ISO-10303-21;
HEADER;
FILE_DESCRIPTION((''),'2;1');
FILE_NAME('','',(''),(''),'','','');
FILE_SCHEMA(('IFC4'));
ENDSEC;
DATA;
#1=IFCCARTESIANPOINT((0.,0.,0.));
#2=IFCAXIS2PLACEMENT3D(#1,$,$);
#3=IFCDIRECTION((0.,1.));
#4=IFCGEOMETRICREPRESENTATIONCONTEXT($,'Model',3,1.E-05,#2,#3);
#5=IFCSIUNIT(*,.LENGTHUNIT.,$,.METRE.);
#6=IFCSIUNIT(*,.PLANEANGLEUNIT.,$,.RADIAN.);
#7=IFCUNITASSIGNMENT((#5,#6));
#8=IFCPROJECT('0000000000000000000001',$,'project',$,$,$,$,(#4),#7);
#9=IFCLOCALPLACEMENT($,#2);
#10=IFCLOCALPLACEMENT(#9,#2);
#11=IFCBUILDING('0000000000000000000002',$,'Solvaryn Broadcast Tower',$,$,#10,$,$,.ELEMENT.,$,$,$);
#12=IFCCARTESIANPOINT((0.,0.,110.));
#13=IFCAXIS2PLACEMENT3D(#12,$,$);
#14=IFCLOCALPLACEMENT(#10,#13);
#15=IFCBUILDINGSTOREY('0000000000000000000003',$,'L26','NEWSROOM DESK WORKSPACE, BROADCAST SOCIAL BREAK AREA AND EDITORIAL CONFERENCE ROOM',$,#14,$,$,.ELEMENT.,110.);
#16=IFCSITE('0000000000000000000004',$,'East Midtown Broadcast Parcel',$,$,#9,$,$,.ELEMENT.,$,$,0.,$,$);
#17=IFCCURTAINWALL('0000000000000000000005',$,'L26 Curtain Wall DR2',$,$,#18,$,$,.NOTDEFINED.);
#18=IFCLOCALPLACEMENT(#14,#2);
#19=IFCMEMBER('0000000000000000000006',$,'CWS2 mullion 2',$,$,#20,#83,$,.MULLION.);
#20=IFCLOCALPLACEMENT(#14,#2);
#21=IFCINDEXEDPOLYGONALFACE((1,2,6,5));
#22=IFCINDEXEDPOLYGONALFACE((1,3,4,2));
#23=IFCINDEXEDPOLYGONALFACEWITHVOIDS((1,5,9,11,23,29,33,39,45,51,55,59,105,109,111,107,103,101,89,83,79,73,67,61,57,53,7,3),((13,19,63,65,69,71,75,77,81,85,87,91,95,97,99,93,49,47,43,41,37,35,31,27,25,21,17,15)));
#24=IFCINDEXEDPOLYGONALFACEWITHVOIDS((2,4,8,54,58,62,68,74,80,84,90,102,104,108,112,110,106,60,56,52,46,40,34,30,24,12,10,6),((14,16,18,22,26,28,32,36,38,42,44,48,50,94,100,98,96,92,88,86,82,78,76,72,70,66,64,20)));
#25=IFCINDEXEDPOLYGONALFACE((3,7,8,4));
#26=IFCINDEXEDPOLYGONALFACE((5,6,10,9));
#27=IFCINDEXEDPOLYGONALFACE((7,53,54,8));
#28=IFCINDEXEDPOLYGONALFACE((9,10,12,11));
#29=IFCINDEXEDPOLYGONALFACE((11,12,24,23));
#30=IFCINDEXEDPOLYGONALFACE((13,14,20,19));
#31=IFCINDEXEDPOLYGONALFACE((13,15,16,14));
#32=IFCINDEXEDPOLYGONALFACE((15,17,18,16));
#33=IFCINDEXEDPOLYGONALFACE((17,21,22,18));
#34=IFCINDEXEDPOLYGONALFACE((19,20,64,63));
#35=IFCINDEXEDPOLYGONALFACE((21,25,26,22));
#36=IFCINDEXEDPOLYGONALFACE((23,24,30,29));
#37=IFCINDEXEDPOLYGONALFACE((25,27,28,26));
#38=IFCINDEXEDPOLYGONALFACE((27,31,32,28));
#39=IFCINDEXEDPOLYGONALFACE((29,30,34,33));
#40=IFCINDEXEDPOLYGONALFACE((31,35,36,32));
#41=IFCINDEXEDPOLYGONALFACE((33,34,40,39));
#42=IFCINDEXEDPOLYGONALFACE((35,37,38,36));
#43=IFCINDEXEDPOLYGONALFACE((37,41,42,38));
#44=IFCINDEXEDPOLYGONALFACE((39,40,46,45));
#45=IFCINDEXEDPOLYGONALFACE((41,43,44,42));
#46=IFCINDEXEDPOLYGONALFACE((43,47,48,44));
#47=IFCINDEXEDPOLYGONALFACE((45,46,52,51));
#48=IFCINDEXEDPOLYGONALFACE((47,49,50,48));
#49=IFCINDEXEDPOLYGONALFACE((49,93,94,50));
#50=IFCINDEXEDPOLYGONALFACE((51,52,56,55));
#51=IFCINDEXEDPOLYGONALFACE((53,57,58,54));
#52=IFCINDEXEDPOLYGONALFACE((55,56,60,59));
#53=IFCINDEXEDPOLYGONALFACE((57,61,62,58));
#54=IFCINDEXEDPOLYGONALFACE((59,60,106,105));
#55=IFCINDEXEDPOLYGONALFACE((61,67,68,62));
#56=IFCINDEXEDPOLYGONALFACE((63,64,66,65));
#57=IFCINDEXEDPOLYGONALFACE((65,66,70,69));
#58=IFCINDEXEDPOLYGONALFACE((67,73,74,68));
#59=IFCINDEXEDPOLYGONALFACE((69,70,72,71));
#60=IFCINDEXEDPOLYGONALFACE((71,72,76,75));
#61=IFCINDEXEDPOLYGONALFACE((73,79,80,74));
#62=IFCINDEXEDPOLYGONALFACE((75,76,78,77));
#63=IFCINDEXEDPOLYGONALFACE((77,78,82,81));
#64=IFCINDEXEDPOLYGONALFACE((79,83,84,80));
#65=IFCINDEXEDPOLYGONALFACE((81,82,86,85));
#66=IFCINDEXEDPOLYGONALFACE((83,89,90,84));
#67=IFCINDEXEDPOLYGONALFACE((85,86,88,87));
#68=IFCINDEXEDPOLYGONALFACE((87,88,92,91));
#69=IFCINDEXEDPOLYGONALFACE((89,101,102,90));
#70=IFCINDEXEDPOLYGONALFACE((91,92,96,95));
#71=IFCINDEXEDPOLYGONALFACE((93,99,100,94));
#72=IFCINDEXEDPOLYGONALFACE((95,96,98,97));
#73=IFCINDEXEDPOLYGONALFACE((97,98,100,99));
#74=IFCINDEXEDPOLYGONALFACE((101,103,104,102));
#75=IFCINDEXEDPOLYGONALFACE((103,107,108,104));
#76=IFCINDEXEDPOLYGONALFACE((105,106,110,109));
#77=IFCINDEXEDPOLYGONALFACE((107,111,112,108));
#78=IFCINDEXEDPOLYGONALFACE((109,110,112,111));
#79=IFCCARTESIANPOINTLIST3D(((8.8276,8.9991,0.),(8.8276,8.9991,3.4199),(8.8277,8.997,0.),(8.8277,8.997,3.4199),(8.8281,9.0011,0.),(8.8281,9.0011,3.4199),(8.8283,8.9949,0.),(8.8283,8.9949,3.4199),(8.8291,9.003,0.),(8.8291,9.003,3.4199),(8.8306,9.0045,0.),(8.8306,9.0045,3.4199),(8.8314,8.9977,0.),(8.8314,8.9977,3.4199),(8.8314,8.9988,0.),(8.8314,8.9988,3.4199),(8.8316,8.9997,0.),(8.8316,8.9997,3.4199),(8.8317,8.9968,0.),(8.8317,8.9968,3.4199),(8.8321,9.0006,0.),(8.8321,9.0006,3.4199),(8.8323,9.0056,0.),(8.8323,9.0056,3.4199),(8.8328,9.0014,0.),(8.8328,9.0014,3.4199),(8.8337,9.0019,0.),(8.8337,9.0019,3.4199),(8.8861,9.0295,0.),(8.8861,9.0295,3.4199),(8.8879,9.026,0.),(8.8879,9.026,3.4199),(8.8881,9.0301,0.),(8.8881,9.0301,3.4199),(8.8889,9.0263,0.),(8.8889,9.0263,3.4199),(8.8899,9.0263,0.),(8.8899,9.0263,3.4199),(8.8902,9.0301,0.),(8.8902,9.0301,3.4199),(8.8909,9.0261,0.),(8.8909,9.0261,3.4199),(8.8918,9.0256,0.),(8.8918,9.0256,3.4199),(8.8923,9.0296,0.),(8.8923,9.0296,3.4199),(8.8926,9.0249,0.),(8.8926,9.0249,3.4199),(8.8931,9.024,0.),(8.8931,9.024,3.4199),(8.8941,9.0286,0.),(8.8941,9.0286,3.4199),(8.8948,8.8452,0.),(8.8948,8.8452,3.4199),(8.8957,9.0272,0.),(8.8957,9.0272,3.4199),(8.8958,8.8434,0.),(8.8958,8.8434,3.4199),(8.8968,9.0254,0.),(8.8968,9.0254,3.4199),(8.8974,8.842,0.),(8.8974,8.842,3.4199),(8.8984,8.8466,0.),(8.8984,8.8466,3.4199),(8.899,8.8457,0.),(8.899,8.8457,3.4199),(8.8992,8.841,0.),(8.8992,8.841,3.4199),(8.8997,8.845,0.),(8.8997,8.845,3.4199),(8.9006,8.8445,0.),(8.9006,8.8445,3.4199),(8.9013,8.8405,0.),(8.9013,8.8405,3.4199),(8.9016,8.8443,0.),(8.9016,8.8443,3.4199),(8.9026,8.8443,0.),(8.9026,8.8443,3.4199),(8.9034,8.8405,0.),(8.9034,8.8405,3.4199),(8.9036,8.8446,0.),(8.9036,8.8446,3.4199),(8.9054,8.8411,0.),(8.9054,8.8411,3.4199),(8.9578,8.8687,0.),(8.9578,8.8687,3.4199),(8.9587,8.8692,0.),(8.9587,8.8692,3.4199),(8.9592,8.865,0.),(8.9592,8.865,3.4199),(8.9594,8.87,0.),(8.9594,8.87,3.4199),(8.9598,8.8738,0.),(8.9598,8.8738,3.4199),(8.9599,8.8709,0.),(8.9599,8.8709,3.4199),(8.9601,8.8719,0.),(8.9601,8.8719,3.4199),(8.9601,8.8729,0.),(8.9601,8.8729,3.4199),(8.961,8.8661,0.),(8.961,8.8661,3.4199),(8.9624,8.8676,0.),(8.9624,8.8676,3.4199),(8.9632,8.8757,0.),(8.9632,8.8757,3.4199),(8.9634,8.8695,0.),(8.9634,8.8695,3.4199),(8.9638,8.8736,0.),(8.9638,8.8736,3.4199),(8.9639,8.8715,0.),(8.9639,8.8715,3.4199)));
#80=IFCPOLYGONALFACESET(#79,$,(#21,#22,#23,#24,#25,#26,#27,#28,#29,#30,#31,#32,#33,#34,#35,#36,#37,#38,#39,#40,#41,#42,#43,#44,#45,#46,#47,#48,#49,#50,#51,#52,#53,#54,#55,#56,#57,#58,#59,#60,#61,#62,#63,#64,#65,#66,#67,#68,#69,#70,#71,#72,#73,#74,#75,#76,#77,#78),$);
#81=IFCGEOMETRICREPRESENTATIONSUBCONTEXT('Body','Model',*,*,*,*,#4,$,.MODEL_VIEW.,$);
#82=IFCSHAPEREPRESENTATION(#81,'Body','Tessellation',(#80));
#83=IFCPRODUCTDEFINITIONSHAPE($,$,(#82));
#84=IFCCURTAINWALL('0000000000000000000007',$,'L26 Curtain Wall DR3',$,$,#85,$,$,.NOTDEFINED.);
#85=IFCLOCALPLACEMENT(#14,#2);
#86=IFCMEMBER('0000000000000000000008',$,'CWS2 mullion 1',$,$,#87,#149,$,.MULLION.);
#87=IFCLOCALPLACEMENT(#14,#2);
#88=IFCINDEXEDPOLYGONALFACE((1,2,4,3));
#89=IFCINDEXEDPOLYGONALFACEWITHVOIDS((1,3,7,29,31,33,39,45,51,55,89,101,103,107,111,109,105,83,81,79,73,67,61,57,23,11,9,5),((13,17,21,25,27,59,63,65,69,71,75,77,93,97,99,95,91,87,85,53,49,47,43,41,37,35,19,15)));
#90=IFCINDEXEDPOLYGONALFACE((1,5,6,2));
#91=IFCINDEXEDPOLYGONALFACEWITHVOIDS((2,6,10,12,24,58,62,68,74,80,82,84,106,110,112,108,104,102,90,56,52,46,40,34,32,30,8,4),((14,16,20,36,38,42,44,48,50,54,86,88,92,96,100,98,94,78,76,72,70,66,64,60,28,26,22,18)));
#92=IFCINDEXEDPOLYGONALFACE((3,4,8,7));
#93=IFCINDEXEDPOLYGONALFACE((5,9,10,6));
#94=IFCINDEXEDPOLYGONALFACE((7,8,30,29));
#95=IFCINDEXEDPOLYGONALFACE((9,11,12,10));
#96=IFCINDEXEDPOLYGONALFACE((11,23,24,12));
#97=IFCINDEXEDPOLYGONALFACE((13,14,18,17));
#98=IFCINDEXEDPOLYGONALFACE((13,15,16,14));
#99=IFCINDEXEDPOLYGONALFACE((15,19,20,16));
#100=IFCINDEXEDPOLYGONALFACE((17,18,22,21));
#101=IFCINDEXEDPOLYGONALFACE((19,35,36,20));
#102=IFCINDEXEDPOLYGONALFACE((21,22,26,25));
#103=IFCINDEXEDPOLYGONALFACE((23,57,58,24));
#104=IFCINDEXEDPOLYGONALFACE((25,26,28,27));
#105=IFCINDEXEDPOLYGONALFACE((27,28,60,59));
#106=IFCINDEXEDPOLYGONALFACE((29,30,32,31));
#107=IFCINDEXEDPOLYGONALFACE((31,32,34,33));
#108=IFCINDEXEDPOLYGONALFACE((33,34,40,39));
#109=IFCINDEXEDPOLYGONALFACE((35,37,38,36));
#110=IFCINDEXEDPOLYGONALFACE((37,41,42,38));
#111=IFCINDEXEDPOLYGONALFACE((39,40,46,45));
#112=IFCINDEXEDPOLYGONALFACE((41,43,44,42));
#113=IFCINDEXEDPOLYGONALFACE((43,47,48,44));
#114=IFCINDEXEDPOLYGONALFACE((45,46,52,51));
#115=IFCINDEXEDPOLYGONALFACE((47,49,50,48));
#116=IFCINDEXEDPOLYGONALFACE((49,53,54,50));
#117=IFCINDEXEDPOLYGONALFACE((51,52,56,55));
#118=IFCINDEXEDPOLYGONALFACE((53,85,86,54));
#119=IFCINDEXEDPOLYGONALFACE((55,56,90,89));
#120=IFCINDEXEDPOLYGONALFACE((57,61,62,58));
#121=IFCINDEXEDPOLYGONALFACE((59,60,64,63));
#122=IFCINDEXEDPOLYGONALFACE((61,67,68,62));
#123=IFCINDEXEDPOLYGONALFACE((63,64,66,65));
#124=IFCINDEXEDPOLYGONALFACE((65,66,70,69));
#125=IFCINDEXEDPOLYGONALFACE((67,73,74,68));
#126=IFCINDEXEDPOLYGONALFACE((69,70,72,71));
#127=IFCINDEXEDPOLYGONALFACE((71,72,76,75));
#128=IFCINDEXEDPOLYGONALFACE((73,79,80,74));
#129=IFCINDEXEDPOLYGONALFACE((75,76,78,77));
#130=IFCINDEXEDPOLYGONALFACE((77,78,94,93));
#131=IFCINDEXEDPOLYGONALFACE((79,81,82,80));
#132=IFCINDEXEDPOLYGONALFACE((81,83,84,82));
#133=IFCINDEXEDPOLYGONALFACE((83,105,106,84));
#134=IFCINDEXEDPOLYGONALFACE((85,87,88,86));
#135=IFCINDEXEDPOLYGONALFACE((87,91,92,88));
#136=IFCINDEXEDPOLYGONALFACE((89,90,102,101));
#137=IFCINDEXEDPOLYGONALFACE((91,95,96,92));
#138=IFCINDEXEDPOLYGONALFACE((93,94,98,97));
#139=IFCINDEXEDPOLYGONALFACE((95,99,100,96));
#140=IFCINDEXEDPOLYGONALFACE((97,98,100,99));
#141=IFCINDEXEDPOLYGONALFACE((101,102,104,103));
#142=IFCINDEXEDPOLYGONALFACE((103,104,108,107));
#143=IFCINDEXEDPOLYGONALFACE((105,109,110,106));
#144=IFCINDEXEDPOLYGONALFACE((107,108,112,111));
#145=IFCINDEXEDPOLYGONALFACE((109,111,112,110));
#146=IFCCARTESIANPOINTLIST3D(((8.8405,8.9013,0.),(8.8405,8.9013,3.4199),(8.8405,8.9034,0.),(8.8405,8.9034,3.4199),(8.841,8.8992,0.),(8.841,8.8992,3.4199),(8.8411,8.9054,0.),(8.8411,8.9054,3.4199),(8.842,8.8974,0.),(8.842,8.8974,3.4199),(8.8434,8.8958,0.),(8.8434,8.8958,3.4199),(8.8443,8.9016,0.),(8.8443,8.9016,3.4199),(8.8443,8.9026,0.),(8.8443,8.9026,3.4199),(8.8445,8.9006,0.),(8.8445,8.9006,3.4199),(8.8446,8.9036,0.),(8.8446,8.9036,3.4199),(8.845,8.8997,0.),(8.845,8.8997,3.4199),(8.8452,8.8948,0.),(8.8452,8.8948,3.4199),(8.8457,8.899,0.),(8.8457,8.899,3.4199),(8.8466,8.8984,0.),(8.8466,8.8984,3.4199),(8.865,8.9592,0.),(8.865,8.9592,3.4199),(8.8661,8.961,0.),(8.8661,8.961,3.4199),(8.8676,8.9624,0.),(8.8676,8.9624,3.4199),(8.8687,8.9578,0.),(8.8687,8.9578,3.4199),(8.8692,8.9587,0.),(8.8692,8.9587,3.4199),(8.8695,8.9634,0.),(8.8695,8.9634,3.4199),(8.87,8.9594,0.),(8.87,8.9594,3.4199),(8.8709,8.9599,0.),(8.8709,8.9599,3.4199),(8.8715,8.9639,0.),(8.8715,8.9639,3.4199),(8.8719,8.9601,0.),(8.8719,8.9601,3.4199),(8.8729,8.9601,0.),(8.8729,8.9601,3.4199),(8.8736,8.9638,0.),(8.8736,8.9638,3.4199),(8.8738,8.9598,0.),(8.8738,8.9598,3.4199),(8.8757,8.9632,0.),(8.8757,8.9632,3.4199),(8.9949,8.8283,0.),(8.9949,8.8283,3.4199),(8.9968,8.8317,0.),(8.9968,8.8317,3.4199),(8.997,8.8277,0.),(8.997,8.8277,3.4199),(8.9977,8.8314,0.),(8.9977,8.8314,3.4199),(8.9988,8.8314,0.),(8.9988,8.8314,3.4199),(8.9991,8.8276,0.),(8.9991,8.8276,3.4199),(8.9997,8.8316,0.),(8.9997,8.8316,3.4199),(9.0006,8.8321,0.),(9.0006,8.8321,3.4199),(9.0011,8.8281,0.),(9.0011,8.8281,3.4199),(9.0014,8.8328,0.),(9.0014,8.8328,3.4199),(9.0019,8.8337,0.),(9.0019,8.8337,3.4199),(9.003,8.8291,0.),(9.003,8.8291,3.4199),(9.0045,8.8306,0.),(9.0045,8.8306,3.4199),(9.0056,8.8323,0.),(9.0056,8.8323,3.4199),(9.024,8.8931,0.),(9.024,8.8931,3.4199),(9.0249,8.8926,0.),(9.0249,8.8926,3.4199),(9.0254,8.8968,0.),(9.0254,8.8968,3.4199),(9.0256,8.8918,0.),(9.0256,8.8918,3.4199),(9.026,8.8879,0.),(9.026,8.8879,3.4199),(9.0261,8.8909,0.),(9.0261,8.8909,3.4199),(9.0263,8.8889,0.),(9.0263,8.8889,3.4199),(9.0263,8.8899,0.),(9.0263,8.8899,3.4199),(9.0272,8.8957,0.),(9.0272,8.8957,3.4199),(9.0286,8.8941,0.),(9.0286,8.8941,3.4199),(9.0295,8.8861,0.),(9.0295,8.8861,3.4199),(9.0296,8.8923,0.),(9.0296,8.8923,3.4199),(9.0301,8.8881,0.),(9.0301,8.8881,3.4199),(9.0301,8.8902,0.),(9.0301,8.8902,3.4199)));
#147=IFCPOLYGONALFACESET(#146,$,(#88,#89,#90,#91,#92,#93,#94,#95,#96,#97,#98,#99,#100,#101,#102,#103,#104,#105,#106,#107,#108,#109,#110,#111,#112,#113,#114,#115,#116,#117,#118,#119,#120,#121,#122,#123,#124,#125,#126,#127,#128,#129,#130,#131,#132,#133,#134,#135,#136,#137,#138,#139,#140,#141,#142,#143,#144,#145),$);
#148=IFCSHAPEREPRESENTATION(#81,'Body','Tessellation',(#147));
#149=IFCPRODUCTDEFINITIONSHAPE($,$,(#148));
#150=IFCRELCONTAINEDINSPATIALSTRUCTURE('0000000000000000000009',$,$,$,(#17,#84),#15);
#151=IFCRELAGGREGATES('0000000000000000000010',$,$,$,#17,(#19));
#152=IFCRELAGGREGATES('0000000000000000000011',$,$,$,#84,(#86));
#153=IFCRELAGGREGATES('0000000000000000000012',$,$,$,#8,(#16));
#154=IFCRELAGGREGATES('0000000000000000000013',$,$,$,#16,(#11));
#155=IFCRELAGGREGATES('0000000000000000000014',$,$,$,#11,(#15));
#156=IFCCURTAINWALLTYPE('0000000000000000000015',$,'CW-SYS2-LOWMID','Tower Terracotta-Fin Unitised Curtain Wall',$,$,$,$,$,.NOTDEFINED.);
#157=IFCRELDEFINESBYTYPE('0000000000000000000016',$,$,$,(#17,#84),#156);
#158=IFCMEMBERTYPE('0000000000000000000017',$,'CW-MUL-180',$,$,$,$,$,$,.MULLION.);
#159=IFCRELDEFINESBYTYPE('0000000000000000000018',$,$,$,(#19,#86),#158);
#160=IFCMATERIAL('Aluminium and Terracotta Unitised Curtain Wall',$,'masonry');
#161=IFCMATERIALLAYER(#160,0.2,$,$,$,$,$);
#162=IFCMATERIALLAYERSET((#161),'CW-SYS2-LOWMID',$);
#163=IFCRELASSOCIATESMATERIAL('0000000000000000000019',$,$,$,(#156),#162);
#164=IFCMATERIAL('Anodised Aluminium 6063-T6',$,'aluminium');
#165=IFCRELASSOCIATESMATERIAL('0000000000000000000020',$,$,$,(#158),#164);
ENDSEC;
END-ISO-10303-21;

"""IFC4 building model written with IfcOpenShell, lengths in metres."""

from ifc_helpers import new_model, si_unit, direction, frame, origin, origin_2d, place, context, subcontext, project, spatial, hollow_rectangle, extrude, material, layer, layer_set, material_profile, profile_set, type_object, element, aggregate, save


model = new_model("IFC4")

# Units and contexts
model_context = context("Model", 3, precision=1e-05, world=origin(), true_north=direction((0.0, 1.0)))
body_context = subcontext(model_context, "Body", "Model", "MODEL_VIEW")
ifc_project = project(units=[si_unit("LENGTHUNIT", "METRE"), si_unit("PLANEANGLEUNIT", "RADIAN")], contexts=[model_context])

# Site, building, storey
site_placement = place(None, origin())
site = spatial("IfcSite", under=ifc_project, at=site_placement, Name="East Midtown Broadcast Parcel", CompositionType="ELEMENT", RefElevation=0.0)
building_placement = place(site_placement, origin())
building = spatial("IfcBuilding", under=site, at=building_placement, Name="Solvaryn Broadcast Tower", CompositionType="ELEMENT")
storey_placement = place(building_placement, frame((0.0, 0.0, 110.0)))
storey = spatial("IfcBuildingStorey", under=building, at=storey_placement, Name="L26", Description="NEWSROOM DESK WORKSPACE, BROADCAST SOCIAL BREAK AREA AND EDITORIAL CONFERENCE ROOM", CompositionType="ELEMENT", Elevation=110.0)

# Curtain wall, member
ifc_material_1 = material(Name="Aluminium and Terracotta Unitised Curtain Wall", Category="masonry")
ifc_layer_1 = layer(ifc_material_1, 0.2)
ifc_layer_set_1 = layer_set([ifc_layer_1], Name="CW-SYS2-LOWMID")
curtain_wall_type = type_object("IfcCurtainWallType", Name="CW-SYS2-LOWMID", Description="Tower Terracotta-Fin Unitised Curtain Wall", PredefinedType="NOTDEFINED", material=ifc_layer_set_1)
curtain_wall_1_placement = place(storey_placement, origin())
curtain_wall_1 = element("IfcCurtainWall", 1, at=curtain_wall_1_placement, inside=storey, type_object=curtain_wall_type, Name="L26 Curtain Wall DR2", PredefinedType="NOTDEFINED")
ifc_material_2 = material(Name="Anodised Aluminium 6063-T6", Category="aluminium")
ifc_material_profile_1 = material_profile(ifc_material_2, hollow_rectangle(XDim=0.075, YDim=0.1799, WallThickness=0.0039, InnerFilletRadius=0.0039, OuterFilletRadius=0.0081, at=origin_2d()))
ifc_profile_set_1 = profile_set([ifc_material_profile_1], Name="Anodised Aluminium 6063-T6")
member_type_1 = type_object("IfcMemberType", Name="CW-MUL-180", PredefinedType="MULLION", material=ifc_profile_set_1)
member_1_placement = place(storey_placement, frame((8.8958, 8.9353, 0.0), z_axis=(0.0, 0.0, 1.0), x_axis=(0.913909, 0.405918, 0.0)))
member_1 = element("IfcMember", 2, at=member_1_placement, type_object=member_type_1, Name="CWS2 mullion 2", PredefinedType="MULLION", context=body_context, shape_type="SweptSolid", body=[
    extrude(hollow_rectangle(XDim=0.075, YDim=0.1799, WallThickness=0.0039, InnerFilletRadius=0.0039, OuterFilletRadius=0.0081, at=origin_2d()), origin(), (0.0, 0.0, 1.0), 3.4199),
])
aggregate(curtain_wall_1, [member_1])

# Curtain wall, member
curtain_wall_2_placement = place(storey_placement, origin())
curtain_wall_2 = element("IfcCurtainWall", 3, at=curtain_wall_2_placement, inside=storey, type_object=curtain_wall_type, Name="L26 Curtain Wall DR3", PredefinedType="NOTDEFINED")
member_2_placement = place(storey_placement, frame((8.9353, 8.8958, 0.0), z_axis=(0.0, 0.0, 1.0), x_axis=(0.405918, 0.913909, 0.0)))
member_2 = element("IfcMember", 4, at=member_2_placement, type_object=member_type_1, Name="CWS2 mullion 1", PredefinedType="MULLION", context=body_context, shape_type="SweptSolid", body=[
    extrude(hollow_rectangle(XDim=0.075, YDim=0.1799, WallThickness=0.0039, InnerFilletRadius=0.0039, OuterFilletRadius=0.0081, at=origin_2d()), origin(), (0.0, 0.0, 1.0), 3.4199),
])
aggregate(curtain_wall_2, [member_2])

save(model, "model.ifc")
